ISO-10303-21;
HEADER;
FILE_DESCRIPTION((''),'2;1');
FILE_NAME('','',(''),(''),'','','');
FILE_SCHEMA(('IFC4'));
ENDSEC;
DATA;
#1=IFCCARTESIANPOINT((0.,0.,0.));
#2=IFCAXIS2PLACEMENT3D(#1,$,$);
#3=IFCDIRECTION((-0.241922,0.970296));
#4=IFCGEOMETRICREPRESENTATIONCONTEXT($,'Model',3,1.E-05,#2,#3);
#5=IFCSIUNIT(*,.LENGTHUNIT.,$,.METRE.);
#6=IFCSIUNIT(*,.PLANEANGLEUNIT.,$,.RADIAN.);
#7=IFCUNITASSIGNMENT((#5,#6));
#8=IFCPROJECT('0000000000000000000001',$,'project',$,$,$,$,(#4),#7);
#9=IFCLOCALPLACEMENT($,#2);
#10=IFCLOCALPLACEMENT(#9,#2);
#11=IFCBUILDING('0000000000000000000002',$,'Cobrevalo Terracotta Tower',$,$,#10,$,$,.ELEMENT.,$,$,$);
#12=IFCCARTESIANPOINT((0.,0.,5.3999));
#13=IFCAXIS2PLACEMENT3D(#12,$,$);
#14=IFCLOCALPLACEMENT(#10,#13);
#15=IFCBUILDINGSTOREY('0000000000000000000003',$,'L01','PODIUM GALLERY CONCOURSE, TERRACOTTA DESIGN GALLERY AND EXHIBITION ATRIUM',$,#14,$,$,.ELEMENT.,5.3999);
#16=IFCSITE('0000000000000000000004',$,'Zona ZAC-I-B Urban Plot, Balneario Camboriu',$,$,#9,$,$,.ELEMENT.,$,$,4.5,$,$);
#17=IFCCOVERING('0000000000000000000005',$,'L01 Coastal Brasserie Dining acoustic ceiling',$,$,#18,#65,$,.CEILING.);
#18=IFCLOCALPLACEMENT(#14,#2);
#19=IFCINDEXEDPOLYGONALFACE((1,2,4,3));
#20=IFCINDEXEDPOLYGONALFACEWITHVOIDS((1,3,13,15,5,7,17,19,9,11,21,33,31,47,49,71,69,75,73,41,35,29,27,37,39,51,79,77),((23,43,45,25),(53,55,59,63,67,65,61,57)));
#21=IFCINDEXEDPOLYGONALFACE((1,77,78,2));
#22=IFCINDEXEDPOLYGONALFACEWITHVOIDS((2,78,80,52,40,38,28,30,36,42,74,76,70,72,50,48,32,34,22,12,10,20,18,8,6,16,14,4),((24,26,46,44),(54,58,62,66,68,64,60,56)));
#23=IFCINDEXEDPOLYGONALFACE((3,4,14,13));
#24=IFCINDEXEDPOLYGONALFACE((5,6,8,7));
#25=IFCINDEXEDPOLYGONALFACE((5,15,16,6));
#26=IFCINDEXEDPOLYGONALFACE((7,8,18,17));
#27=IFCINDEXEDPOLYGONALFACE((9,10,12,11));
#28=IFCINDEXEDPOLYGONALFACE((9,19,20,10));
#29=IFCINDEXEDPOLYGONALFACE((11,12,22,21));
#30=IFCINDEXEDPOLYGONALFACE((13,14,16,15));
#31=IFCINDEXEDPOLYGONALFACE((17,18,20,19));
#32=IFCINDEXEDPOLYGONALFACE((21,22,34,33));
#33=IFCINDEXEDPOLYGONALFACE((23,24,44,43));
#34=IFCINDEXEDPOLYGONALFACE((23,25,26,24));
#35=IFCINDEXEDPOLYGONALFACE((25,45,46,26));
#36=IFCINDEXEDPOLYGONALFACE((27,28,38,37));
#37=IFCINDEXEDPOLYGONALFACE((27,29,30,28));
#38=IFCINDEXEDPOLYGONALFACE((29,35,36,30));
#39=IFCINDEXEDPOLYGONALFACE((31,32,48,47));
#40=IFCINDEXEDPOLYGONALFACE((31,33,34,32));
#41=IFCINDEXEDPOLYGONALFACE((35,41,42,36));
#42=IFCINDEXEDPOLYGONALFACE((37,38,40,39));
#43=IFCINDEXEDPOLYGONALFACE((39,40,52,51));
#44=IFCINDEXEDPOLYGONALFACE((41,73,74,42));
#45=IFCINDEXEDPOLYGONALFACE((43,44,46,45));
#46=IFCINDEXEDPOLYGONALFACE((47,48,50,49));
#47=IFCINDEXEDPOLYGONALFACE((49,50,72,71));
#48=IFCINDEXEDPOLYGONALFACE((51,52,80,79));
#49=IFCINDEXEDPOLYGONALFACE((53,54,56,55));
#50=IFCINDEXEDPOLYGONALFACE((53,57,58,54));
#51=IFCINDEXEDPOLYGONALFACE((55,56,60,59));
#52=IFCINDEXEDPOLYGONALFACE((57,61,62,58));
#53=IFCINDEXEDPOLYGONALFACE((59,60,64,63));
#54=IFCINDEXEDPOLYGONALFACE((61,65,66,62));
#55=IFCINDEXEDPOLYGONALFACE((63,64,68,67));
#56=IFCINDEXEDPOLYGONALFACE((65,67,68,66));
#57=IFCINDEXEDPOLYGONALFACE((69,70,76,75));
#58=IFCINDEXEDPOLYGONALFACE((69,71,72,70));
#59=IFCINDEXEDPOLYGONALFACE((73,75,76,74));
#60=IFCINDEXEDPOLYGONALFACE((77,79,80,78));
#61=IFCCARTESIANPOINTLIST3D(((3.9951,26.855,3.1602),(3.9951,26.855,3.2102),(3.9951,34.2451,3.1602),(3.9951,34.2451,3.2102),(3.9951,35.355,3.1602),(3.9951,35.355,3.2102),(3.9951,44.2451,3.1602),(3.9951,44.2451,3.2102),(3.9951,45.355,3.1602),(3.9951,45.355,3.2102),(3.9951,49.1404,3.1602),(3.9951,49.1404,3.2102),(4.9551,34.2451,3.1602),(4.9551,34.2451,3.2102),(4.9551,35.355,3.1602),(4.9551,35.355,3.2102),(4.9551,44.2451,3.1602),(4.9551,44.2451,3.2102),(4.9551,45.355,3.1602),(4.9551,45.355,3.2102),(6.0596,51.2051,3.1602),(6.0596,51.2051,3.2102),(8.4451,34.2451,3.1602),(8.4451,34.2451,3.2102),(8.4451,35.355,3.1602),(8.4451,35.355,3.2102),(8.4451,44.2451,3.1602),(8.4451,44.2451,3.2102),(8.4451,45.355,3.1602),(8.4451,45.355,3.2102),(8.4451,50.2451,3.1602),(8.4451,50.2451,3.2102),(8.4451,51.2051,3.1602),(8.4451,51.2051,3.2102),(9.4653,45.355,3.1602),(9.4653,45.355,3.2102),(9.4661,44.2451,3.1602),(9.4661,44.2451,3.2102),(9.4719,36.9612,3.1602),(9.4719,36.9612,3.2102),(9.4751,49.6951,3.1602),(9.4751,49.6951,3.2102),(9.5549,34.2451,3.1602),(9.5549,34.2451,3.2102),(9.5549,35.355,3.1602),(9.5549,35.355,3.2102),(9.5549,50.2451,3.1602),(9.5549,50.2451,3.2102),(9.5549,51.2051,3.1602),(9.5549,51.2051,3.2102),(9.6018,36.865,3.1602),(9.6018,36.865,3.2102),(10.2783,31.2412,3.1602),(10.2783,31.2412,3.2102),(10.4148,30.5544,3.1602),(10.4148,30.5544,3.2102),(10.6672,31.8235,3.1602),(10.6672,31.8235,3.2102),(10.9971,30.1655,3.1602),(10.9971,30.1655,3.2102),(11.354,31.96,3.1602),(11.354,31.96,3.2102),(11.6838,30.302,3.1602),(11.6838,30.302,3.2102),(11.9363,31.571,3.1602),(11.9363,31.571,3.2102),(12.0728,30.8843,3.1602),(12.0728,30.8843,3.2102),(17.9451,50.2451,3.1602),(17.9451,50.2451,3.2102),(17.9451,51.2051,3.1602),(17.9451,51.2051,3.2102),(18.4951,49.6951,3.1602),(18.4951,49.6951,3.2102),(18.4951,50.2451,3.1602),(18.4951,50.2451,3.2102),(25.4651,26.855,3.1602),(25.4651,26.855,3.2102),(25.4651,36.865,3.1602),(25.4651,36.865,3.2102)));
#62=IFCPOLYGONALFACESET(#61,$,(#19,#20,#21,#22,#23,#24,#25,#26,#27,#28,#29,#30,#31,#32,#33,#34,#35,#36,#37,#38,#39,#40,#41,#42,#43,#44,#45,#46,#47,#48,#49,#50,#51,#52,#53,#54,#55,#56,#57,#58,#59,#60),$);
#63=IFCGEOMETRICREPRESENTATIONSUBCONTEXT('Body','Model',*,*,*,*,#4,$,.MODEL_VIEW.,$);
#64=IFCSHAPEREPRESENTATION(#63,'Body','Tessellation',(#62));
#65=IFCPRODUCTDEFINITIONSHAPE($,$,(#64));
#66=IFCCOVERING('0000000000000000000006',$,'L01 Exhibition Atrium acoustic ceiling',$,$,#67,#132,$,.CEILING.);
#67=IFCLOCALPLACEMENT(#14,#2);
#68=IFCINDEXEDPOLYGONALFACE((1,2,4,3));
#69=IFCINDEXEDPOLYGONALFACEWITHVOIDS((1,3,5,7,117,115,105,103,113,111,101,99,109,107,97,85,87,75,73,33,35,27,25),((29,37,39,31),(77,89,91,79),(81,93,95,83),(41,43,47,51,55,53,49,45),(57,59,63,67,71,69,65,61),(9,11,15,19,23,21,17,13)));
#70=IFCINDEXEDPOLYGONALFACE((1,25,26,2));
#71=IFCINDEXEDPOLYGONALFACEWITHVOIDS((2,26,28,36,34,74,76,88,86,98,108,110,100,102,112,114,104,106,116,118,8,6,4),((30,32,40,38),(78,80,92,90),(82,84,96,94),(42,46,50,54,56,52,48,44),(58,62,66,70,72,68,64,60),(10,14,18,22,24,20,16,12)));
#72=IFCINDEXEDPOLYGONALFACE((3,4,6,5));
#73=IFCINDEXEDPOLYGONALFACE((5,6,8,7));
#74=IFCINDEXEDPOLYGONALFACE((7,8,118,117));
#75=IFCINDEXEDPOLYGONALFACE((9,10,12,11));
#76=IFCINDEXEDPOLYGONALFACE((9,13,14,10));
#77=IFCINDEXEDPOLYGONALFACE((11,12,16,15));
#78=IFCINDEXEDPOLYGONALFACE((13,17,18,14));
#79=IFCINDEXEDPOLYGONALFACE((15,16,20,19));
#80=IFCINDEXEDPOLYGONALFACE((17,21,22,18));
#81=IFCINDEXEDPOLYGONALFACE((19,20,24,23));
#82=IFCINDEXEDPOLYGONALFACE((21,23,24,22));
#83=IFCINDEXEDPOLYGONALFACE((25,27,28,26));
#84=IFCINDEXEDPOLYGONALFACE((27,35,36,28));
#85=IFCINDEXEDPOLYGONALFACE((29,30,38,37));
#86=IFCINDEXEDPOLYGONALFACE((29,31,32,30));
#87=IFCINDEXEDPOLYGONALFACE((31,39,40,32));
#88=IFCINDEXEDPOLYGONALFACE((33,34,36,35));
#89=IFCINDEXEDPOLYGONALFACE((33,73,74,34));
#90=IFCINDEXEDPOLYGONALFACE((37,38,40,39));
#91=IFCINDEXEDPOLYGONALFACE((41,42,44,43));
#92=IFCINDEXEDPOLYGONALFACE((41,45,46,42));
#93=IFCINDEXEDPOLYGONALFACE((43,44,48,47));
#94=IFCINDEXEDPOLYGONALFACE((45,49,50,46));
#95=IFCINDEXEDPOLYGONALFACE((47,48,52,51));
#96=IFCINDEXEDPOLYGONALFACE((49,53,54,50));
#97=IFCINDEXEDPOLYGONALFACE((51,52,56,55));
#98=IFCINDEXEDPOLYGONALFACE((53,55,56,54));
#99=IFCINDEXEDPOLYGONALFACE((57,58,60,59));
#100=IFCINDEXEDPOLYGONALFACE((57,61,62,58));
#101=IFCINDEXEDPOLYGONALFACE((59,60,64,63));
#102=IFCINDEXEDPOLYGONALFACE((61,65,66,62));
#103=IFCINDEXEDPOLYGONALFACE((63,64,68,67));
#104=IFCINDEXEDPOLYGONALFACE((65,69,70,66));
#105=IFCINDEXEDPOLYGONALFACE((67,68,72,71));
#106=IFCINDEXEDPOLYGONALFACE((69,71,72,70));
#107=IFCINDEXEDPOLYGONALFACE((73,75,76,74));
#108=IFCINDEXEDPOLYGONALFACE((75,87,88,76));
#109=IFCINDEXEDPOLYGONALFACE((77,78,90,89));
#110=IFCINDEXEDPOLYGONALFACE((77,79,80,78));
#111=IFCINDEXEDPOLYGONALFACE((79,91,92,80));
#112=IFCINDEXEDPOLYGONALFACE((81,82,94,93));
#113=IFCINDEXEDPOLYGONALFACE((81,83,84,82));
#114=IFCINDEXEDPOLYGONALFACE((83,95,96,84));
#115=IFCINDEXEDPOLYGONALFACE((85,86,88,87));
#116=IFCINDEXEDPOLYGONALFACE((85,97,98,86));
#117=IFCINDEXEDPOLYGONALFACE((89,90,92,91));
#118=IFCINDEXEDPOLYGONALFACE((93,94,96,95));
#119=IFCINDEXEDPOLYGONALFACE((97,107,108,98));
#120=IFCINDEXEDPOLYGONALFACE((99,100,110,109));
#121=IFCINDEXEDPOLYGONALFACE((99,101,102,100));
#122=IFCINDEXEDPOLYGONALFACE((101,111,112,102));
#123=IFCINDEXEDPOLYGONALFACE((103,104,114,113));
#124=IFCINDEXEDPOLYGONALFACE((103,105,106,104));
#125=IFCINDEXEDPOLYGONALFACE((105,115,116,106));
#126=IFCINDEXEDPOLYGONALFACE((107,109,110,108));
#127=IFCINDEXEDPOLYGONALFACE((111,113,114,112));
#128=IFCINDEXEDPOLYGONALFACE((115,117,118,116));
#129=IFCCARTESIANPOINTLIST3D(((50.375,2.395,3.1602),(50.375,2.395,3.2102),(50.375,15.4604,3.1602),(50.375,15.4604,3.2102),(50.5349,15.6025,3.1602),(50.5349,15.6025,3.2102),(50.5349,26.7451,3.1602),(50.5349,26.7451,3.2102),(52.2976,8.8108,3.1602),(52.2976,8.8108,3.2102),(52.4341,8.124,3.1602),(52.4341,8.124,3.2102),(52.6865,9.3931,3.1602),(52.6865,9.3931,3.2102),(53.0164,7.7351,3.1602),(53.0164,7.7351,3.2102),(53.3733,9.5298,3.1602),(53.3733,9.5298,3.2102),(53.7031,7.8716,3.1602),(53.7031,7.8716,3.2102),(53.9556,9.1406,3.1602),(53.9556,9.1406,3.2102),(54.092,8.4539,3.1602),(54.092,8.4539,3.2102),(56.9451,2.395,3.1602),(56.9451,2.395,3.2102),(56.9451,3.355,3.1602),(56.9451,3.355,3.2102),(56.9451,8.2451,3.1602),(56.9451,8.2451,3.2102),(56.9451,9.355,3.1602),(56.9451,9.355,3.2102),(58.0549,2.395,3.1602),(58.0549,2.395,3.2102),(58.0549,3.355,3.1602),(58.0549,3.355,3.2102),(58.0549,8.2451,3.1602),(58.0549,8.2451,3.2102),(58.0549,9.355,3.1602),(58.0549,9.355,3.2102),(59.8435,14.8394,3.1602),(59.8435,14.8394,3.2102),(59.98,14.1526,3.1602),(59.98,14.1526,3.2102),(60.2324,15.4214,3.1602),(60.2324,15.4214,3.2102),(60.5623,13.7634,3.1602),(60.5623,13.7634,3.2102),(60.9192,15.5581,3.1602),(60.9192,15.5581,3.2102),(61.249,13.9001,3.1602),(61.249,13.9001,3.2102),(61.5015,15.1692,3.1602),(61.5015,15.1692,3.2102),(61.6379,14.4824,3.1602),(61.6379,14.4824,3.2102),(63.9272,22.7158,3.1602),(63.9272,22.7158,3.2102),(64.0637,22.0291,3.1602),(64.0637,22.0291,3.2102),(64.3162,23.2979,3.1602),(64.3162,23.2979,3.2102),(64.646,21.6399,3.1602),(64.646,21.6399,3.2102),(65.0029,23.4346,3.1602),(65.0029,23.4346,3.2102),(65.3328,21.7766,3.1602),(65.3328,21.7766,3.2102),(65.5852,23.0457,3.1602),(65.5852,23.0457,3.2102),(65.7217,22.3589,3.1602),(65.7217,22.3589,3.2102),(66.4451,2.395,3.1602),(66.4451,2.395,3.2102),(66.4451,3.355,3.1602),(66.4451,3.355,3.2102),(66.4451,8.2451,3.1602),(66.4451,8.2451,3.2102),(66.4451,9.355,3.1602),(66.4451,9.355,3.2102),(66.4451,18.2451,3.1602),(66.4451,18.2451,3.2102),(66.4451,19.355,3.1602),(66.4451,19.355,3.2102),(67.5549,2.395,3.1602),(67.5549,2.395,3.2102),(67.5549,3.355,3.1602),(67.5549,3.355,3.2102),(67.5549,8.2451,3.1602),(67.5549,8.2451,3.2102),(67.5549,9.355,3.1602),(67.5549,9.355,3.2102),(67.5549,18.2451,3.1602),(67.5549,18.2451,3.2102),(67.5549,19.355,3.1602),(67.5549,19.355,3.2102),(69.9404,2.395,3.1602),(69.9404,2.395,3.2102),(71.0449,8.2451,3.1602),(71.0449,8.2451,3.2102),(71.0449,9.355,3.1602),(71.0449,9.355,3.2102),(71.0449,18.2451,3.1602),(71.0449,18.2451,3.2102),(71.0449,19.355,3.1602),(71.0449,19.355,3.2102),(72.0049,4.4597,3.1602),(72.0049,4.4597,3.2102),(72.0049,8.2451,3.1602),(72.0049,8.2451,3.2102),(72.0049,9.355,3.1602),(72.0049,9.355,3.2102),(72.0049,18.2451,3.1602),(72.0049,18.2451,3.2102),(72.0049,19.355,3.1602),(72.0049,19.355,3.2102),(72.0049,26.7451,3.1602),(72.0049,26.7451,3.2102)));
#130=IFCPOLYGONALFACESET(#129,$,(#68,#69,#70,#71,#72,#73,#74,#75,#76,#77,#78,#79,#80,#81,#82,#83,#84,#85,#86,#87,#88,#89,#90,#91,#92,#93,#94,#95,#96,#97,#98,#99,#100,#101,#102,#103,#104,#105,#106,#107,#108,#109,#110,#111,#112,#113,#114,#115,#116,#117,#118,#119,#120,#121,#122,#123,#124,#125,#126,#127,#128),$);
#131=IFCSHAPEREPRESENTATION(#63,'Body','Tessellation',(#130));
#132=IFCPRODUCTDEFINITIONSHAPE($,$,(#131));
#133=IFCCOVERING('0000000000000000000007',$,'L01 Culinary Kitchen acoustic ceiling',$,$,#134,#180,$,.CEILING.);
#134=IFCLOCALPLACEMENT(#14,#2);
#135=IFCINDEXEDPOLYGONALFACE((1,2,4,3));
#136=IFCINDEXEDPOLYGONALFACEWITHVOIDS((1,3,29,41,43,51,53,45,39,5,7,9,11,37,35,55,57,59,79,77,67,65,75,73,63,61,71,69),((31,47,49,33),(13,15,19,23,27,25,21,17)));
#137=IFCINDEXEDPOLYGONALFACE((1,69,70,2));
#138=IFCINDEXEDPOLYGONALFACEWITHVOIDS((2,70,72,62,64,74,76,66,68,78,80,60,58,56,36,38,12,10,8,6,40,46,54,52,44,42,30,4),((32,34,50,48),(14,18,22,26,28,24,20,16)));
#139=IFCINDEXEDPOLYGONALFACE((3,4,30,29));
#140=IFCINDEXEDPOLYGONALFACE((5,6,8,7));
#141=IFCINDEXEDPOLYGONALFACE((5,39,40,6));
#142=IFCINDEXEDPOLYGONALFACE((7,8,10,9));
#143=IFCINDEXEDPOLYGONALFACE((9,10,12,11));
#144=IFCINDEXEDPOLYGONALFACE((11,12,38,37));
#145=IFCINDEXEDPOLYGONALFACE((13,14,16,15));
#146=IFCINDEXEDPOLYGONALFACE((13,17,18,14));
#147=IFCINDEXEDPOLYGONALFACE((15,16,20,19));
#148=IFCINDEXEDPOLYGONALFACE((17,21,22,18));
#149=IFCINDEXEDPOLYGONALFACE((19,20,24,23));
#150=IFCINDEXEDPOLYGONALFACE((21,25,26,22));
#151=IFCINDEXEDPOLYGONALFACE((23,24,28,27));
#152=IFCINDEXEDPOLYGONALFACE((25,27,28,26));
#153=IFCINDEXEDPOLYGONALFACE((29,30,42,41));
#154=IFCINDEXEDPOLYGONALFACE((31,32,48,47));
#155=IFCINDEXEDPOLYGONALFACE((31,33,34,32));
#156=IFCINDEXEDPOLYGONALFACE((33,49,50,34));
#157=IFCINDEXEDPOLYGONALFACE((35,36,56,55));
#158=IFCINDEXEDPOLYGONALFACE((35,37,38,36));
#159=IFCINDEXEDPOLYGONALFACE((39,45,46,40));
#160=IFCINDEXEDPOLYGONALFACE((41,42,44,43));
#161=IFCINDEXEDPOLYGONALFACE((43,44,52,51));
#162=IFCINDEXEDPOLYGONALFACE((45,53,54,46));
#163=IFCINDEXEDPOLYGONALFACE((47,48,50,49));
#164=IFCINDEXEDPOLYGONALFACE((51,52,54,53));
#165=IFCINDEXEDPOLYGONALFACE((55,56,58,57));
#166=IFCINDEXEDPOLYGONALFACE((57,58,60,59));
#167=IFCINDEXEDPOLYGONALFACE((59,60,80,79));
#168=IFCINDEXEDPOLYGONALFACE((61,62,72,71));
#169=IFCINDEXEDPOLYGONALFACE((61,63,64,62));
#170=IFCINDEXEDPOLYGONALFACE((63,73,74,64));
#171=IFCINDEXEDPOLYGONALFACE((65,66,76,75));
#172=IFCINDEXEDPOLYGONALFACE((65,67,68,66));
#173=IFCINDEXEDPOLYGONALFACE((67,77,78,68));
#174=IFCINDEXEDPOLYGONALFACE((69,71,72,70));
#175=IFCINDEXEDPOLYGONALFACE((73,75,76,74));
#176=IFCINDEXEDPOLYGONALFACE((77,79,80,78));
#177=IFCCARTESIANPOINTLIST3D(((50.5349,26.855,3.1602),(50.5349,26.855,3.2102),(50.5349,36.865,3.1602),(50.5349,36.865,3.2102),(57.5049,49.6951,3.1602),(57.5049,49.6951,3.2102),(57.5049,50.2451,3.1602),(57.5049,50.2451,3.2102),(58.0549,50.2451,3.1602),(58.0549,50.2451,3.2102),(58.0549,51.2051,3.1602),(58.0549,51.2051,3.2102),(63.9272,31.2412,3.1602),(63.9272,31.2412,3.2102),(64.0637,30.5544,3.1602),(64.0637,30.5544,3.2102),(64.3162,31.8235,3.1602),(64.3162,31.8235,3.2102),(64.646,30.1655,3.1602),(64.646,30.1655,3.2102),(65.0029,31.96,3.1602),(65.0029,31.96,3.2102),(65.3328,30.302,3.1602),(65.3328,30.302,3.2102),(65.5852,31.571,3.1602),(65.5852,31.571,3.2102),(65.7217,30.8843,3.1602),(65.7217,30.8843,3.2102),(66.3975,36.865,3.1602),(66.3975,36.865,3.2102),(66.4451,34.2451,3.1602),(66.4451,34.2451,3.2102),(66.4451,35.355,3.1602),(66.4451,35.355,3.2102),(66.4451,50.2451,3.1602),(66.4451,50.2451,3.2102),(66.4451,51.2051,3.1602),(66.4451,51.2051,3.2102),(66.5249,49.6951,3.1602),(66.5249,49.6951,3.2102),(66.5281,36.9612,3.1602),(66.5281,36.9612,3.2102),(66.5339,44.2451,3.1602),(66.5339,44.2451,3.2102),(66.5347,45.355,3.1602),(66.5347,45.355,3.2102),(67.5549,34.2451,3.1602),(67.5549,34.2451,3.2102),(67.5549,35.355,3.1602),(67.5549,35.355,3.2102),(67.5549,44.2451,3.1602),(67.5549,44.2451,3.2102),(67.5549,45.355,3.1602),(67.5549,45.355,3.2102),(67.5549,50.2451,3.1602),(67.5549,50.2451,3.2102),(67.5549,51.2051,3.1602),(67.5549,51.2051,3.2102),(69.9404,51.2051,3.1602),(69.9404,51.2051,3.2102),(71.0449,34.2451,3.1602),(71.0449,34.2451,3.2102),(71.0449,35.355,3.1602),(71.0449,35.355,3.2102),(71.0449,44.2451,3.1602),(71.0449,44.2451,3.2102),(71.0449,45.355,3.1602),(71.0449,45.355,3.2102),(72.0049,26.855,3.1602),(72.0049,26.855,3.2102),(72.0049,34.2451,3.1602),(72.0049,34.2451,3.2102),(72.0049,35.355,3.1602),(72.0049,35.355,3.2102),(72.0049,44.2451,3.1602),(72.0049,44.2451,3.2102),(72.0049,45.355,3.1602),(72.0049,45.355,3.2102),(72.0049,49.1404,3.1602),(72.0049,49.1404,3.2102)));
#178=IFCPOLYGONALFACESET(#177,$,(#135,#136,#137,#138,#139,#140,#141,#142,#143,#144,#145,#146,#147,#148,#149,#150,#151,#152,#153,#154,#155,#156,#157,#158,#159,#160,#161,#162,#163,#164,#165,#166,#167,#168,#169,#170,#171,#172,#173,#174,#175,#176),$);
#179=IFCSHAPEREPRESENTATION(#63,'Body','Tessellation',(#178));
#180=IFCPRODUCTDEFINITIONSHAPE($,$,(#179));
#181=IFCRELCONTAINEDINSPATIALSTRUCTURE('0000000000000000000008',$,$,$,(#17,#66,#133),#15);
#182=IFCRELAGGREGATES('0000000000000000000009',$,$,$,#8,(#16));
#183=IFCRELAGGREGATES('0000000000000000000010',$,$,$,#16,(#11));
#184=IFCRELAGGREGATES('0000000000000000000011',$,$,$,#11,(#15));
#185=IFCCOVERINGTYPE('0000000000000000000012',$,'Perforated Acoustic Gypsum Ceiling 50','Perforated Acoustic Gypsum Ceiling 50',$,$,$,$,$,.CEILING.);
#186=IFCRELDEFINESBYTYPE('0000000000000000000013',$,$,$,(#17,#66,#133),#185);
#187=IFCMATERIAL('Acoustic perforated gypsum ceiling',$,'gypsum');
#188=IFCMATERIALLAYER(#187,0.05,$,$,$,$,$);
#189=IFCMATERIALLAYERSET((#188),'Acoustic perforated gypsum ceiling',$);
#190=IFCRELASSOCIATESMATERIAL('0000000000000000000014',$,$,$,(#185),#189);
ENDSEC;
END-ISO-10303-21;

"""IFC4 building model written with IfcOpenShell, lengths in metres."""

from ifc_helpers import new_model, si_unit, direction, frame, origin, place, context, subcontext, project, spatial, polyline, outline, extrude, material, layer, layer_set, type_object, element, save


model = new_model("IFC4")

# Units and contexts
model_context = context("Model", 3, precision=1e-05, world=origin(), true_north=direction((-0.241922, 0.970296)))
body_context = subcontext(model_context, "Body", "Model", "MODEL_VIEW")
ifc_project = project(units=[si_unit("LENGTHUNIT", "METRE"), si_unit("PLANEANGLEUNIT", "RADIAN")], contexts=[model_context])

# Site, building, storey
site_placement = place(None, origin())
site = spatial("IfcSite", under=ifc_project, at=site_placement, Name="Zona ZAC-I-B Urban Plot, Balneario Camboriu", CompositionType="ELEMENT", RefElevation=4.5)
building_placement = place(site_placement, origin())
building = spatial("IfcBuilding", under=site, at=building_placement, Name="Cobrevalo Terracotta Tower", CompositionType="ELEMENT")
storey_placement = place(building_placement, frame((0.0, 0.0, 5.3999)))
storey = spatial("IfcBuildingStorey", under=building, at=storey_placement, Name="L01", Description="PODIUM GALLERY CONCOURSE, TERRACOTTA DESIGN GALLERY AND EXHIBITION ATRIUM", CompositionType="ELEMENT", Elevation=5.3999)

# Coverings
ifc_material_1 = material(Name="Acoustic perforated gypsum ceiling", Category="gypsum")
ifc_layer_1 = layer(ifc_material_1, 0.05)
ifc_layer_set_1 = layer_set([ifc_layer_1], Name="Acoustic perforated gypsum ceiling")
covering_type_1 = type_object("IfcCoveringType", Name="Perforated Acoustic Gypsum Ceiling 50", Description="Perforated Acoustic Gypsum Ceiling 50", PredefinedType="CEILING", material=ifc_layer_set_1)
covering_1_placement = place(storey_placement, frame((0.0, 0.0, 3.1602)))
element("IfcCovering", 1, at=covering_1_placement, inside=storey, type_object=covering_type_1, Name="L01 Coastal Brasserie Dining acoustic ceiling", PredefinedType="CEILING", context=body_context, shape_type="SweptSolid", body=[
    extrude(outline(polyline([(6.0596, 51.2051), (8.4451, 51.2051), (8.4451, 50.2451), (9.5549, 50.2451), (9.5549, 51.2051), (17.9451, 51.2051), (17.9451, 50.2451), (18.4951, 50.2451), (18.4951, 49.6951), (9.4751, 49.6951), (9.4653, 45.355), (8.4451, 45.355), (8.4451, 44.2451), (9.4661, 44.2451), (9.4719, 36.9612), (9.6018, 36.865), (25.4651, 36.865), (25.4651, 26.855), (3.9951, 26.855), (3.9951, 34.2451), (4.9551, 34.2451), (4.9551, 35.355), (3.9951, 35.355), (3.9951, 44.2451), (4.9551, 44.2451), (4.9551, 45.355), (3.9951, 45.355), (3.9951, 49.1404), (6.0596, 51.2051)]), holes=[polyline([(11.6838, 30.302), (12.0728, 30.8843), (11.9363, 31.571), (11.354, 31.96), (10.6672, 31.8235), (10.2783, 31.2412), (10.4148, 30.5544), (10.9971, 30.1655), (11.6838, 30.302)]), polyline([(8.4451, 35.355), (8.4451, 34.2451), (9.5549, 34.2451), (9.5549, 35.355), (8.4451, 35.355)])]), origin(), (0.0, 0.0, 1.0), 0.05),
])
covering_2_placement = place(storey_placement, frame((0.0, 0.0, 3.1602)))
element("IfcCovering", 2, at=covering_2_placement, inside=storey, type_object=covering_type_1, Name="L01 Exhibition Atrium acoustic ceiling", PredefinedType="CEILING", context=body_context, shape_type="SweptSolid", body=[
    extrude(outline(polyline([(69.9404, 2.395), (67.5549, 2.395), (67.5549, 3.355), (66.4451, 3.355), (66.4451, 2.395), (58.0549, 2.395), (58.0549, 3.355), (56.9451, 3.355), (56.9451, 2.395), (50.375, 2.395), (50.375, 15.4604), (50.5349, 15.6025), (50.5349, 26.7451), (72.0049, 26.7451), (72.0049, 19.355), (71.0449, 19.355), (71.0449, 18.2451), (72.0049, 18.2451), (72.0049, 9.355), (71.0449, 9.355), (71.0449, 8.2451), (72.0049, 8.2451), (72.0049, 4.4597), (69.9404, 2.395)]), holes=[polyline([(66.4451, 9.355), (66.4451, 8.2451), (67.5549, 8.2451), (67.5549, 9.355), (66.4451, 9.355)]), polyline([(66.4451, 19.355), (66.4451, 18.2451), (67.5549, 18.2451), (67.5549, 19.355), (66.4451, 19.355)]), polyline([(65.3328, 21.7766), (65.7217, 22.3589), (65.5852, 23.0457), (65.0029, 23.4346), (64.3162, 23.2979), (63.9272, 22.7158), (64.0637, 22.0291), (64.646, 21.6399), (65.3328, 21.7766)]), polyline([(61.249, 13.9001), (61.6379, 14.4824), (61.5015, 15.1692), (60.9192, 15.5581), (60.2324, 15.4214), (59.8435, 14.8394), (59.98, 14.1526), (60.5623, 13.7634), (61.249, 13.9001)]), polyline([(56.9451, 9.355), (56.9451, 8.2451), (58.0549, 8.2451), (58.0549, 9.355), (56.9451, 9.355)]), polyline([(53.7031, 7.8716), (54.092, 8.4539), (53.9556, 9.1406), (53.3733, 9.5298), (52.6865, 9.3931), (52.2976, 8.8108), (52.4341, 8.124), (53.0164, 7.7351), (53.7031, 7.8716)])]), origin(), (0.0, 0.0, 1.0), 0.05),
])
covering_3_placement = place(storey_placement, frame((0.0, 0.0, 3.1602)))
element("IfcCovering", 3, at=covering_3_placement, inside=storey, type_object=covering_type_1, Name="L01 Culinary Kitchen acoustic ceiling", PredefinedType="CEILING", context=body_context, shape_type="SweptSolid", body=[
    extrude(outline(polyline([(50.5349, 26.855), (50.5349, 36.865), (66.3975, 36.865), (66.5281, 36.9612), (66.5339, 44.2451), (67.5549, 44.2451), (67.5549, 45.355), (66.5347, 45.355), (66.5249, 49.6951), (57.5049, 49.6951), (57.5049, 50.2451), (58.0549, 50.2451), (58.0549, 51.2051), (66.4451, 51.2051), (66.4451, 50.2451), (67.5549, 50.2451), (67.5549, 51.2051), (69.9404, 51.2051), (72.0049, 49.1404), (72.0049, 45.355), (71.0449, 45.355), (71.0449, 44.2451), (72.0049, 44.2451), (72.0049, 35.355), (71.0449, 35.355), (71.0449, 34.2451), (72.0049, 34.2451), (72.0049, 26.855), (50.5349, 26.855)]), holes=[polyline([(66.4451, 34.2451), (67.5549, 34.2451), (67.5549, 35.355), (66.4451, 35.355), (66.4451, 34.2451)]), polyline([(65.3328, 30.302), (65.7217, 30.8843), (65.5852, 31.571), (65.0029, 31.96), (64.3162, 31.8235), (63.9272, 31.2412), (64.0637, 30.5544), (64.646, 30.1655), (65.3328, 30.302)])]), origin(), (0.0, 0.0, 1.0), 0.05),
])

save(model, "model.ifc")
